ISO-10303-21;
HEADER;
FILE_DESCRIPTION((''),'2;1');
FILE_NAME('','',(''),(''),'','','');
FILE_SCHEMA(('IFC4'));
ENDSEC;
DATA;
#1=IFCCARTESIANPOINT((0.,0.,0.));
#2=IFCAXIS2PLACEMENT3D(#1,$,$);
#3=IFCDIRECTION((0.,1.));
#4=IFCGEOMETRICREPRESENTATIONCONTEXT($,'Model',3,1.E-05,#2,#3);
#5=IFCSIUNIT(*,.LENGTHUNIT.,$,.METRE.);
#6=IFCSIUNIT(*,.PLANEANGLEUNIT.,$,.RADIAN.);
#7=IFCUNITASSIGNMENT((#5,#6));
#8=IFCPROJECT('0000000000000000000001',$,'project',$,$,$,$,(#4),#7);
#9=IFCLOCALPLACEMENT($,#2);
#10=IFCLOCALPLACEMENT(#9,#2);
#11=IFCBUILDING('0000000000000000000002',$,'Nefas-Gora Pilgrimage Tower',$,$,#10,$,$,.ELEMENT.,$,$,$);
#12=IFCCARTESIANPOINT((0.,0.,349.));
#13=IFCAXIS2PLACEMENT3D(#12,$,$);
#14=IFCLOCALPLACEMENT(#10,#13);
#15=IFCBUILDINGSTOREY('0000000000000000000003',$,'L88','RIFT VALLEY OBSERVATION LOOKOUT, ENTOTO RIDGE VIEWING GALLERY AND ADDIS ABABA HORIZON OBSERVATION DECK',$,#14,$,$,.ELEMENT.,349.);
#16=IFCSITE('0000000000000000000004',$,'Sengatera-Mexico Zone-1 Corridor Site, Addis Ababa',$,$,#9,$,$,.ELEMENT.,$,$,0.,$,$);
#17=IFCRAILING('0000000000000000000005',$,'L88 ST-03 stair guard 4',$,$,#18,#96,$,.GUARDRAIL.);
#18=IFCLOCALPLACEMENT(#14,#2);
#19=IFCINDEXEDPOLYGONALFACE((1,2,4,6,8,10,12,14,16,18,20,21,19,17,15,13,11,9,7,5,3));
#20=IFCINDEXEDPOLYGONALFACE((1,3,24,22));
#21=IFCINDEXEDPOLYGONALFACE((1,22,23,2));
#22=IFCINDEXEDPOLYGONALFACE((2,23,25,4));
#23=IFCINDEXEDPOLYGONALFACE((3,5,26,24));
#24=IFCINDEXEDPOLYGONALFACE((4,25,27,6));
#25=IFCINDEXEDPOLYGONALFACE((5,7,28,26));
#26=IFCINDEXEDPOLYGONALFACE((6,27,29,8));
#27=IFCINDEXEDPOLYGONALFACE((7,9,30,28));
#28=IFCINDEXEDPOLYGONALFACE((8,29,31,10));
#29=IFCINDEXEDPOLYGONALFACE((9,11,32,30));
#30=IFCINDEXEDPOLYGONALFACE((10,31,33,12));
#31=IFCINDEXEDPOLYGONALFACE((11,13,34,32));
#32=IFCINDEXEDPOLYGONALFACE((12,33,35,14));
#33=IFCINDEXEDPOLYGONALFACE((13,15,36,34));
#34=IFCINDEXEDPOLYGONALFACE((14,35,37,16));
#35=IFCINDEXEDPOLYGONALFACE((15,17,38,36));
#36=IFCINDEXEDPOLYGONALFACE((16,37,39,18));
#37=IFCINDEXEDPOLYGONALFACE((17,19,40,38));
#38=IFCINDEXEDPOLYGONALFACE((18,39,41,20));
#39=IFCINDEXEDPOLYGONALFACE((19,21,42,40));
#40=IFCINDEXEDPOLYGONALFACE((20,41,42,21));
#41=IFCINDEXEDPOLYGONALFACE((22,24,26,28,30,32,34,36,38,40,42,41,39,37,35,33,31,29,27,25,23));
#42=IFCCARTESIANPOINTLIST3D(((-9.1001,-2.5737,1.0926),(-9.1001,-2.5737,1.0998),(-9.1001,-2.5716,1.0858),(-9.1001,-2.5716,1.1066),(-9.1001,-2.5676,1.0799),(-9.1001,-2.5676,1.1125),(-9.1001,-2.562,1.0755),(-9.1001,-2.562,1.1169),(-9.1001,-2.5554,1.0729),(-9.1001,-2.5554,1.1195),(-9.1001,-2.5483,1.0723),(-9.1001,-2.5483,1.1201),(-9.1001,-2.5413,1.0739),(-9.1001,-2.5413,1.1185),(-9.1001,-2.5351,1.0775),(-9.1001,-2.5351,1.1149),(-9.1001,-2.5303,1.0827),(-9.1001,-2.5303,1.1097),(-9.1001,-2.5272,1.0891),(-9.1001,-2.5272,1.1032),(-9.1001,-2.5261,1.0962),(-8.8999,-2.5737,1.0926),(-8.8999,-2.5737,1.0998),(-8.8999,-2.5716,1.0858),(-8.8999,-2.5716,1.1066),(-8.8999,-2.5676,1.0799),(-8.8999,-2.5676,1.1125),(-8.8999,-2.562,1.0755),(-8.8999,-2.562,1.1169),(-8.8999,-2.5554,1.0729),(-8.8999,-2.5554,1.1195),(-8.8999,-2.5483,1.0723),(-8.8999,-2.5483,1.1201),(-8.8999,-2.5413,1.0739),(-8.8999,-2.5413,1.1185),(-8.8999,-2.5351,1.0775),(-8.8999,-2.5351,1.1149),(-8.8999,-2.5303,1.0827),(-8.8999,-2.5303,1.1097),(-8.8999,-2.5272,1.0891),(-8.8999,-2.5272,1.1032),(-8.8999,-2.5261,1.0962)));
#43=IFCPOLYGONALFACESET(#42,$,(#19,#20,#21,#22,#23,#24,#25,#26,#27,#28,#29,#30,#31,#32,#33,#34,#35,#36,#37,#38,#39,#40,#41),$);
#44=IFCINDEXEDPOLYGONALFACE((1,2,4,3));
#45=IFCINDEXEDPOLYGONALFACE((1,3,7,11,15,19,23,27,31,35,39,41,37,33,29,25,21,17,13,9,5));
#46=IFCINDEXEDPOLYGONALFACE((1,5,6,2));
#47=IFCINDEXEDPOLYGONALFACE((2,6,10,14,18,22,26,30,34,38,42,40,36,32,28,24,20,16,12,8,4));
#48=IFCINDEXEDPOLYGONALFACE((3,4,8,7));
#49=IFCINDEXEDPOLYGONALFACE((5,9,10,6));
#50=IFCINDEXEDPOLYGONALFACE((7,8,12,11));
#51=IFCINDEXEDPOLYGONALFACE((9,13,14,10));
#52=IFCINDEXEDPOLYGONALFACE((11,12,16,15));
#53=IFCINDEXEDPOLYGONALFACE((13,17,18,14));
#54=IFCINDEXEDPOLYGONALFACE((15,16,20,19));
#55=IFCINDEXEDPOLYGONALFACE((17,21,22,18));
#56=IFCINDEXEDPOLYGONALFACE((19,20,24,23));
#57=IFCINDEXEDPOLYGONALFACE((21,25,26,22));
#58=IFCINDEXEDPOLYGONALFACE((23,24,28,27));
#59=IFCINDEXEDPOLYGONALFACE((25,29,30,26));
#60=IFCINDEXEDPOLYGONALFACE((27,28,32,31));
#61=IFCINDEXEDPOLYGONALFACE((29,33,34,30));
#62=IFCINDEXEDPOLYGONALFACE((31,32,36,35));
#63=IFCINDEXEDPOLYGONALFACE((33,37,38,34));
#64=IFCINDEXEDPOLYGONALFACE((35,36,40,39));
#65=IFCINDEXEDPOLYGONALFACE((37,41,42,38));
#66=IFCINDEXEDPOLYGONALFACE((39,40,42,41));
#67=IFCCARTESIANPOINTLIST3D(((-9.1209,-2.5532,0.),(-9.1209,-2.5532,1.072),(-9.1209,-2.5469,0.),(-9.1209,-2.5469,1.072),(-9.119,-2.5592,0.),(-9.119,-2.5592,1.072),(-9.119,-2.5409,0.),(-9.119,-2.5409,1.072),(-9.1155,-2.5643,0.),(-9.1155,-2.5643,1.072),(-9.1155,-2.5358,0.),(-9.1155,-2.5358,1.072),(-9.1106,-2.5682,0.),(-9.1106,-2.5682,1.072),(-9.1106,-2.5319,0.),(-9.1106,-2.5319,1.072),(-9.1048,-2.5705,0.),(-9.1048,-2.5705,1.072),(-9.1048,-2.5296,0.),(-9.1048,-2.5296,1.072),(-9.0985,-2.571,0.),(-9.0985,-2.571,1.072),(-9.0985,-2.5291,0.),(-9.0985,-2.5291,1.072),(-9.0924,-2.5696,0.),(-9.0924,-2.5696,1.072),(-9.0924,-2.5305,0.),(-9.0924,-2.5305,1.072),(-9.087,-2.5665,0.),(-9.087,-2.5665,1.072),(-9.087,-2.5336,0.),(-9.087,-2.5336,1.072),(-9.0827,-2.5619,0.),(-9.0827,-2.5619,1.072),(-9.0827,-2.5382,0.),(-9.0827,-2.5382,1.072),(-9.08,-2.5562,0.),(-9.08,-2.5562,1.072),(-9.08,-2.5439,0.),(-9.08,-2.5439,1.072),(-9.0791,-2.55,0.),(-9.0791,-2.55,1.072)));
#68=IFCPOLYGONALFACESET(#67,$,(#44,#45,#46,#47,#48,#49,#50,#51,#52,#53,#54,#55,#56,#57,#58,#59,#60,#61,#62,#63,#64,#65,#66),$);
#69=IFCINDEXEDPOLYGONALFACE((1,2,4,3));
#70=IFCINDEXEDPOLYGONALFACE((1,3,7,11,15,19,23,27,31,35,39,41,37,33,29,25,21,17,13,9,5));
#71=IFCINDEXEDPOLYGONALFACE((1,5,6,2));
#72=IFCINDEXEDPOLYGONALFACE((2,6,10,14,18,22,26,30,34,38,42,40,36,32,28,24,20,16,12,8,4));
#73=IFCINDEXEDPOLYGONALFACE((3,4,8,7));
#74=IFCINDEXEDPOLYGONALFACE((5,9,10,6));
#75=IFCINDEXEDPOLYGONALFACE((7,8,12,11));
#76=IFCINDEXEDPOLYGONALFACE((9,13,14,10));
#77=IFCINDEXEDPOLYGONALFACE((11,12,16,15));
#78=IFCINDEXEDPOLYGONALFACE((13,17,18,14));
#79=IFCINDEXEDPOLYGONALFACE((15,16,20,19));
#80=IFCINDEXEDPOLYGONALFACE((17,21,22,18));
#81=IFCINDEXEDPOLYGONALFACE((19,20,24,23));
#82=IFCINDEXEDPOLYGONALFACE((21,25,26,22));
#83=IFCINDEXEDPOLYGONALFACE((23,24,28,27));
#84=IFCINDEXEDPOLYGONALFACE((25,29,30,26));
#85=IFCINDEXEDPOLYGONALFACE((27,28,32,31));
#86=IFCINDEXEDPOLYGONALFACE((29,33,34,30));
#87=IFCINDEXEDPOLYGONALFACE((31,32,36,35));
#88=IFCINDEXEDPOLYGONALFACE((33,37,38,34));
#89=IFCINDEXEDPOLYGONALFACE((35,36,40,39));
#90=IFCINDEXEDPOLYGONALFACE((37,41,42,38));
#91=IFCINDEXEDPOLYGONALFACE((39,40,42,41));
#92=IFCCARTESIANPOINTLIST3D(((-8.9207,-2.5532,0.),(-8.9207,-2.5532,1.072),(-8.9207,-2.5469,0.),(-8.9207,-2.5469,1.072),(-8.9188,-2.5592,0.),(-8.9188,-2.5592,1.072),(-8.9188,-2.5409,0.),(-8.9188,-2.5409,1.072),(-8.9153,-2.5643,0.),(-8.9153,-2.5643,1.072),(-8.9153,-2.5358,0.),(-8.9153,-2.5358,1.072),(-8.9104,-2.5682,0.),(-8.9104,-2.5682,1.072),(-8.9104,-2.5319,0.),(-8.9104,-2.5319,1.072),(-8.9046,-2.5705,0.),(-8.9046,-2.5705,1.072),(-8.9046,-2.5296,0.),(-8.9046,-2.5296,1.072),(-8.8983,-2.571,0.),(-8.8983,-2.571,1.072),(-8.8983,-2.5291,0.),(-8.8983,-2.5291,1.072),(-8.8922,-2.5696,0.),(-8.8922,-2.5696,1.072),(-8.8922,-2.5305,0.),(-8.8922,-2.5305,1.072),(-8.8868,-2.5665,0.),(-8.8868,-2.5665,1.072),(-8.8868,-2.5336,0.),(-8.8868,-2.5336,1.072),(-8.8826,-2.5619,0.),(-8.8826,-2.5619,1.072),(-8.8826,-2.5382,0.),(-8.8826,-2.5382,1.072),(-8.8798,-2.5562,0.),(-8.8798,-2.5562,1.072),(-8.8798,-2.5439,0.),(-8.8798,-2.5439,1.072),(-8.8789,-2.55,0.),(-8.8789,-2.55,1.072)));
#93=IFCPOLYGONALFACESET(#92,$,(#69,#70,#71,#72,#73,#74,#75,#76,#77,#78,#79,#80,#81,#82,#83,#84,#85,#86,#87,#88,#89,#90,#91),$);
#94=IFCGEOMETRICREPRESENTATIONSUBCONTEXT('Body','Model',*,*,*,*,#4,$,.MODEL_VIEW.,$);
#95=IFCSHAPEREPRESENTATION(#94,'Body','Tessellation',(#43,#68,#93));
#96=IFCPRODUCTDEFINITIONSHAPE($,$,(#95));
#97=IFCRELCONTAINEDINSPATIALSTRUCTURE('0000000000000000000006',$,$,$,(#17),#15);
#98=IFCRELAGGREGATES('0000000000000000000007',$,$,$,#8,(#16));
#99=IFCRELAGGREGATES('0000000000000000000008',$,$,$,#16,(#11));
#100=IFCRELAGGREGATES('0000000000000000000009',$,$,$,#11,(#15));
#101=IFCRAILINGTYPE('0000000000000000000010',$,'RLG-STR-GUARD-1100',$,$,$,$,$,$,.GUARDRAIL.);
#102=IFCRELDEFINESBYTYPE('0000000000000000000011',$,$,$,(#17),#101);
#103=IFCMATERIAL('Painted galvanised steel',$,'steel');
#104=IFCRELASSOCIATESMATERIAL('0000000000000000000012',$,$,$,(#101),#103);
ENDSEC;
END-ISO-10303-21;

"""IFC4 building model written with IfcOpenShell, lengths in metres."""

from ifc_helpers import new_model, si_unit, direction, frame, origin, origin_2d, place, context, subcontext, project, spatial, circle, extrude, material, type_object, element, save


model = new_model("IFC4")

# Units and contexts
model_context = context("Model", 3, precision=1e-05, world=origin(), true_north=direction((0.0, 1.0)))
body_context = subcontext(model_context, "Body", "Model", "MODEL_VIEW")
ifc_project = project(units=[si_unit("LENGTHUNIT", "METRE"), si_unit("PLANEANGLEUNIT", "RADIAN")], contexts=[model_context])

# Site, building, storey
site_placement = place(None, origin())
site = spatial("IfcSite", under=ifc_project, at=site_placement, Name="Sengatera-Mexico Zone-1 Corridor Site, Addis Ababa", CompositionType="ELEMENT", RefElevation=0.0)
building_placement = place(site_placement, origin())
building = spatial("IfcBuilding", under=site, at=building_placement, Name="Nefas-Gora Pilgrimage Tower", CompositionType="ELEMENT")
storey_placement = place(building_placement, frame((0.0, 0.0, 349.0)))
storey = spatial("IfcBuildingStorey", under=building, at=storey_placement, Name="L88", Description="RIFT VALLEY OBSERVATION LOOKOUT, ENTOTO RIDGE VIEWING GALLERY AND ADDIS ABABA HORIZON OBSERVATION DECK", CompositionType="ELEMENT", Elevation=349.0)

# Railing
ifc_material_1 = material(Name="Painted galvanised steel", Category="steel")
railing_type_1 = type_object("IfcRailingType", Name="RLG-STR-GUARD-1100", PredefinedType="GUARDRAIL", material=ifc_material_1)
railing_1_placement = place(storey_placement, frame((-9.1001, -2.55, 0.0)))
element("IfcRailing", 1, at=railing_1_placement, inside=storey, type_object=railing_type_1, Name="L88 ST-03 stair guard 4", PredefinedType="GUARDRAIL", context=body_context, shape_type="SweptSolid", body=[
    extrude(circle(Radius=0.0239, at=origin_2d()), frame((0.0, 0.0, 1.0962), z_axis=(1.0, 0.0, 0.0), x_axis=(0.0, 1.0, 0.0)), (0.0, 0.0, 1.0), 0.2002),
    extrude(circle(Radius=0.021, at=origin_2d()), origin(), (0.0, 0.0, 1.0), 1.072),
    extrude(circle(Radius=0.021, at=origin_2d()), frame((0.2002, 0.0, 0.0)), (0.0, 0.0, 1.0), 1.072),
])

save(model, "model.ifc")
